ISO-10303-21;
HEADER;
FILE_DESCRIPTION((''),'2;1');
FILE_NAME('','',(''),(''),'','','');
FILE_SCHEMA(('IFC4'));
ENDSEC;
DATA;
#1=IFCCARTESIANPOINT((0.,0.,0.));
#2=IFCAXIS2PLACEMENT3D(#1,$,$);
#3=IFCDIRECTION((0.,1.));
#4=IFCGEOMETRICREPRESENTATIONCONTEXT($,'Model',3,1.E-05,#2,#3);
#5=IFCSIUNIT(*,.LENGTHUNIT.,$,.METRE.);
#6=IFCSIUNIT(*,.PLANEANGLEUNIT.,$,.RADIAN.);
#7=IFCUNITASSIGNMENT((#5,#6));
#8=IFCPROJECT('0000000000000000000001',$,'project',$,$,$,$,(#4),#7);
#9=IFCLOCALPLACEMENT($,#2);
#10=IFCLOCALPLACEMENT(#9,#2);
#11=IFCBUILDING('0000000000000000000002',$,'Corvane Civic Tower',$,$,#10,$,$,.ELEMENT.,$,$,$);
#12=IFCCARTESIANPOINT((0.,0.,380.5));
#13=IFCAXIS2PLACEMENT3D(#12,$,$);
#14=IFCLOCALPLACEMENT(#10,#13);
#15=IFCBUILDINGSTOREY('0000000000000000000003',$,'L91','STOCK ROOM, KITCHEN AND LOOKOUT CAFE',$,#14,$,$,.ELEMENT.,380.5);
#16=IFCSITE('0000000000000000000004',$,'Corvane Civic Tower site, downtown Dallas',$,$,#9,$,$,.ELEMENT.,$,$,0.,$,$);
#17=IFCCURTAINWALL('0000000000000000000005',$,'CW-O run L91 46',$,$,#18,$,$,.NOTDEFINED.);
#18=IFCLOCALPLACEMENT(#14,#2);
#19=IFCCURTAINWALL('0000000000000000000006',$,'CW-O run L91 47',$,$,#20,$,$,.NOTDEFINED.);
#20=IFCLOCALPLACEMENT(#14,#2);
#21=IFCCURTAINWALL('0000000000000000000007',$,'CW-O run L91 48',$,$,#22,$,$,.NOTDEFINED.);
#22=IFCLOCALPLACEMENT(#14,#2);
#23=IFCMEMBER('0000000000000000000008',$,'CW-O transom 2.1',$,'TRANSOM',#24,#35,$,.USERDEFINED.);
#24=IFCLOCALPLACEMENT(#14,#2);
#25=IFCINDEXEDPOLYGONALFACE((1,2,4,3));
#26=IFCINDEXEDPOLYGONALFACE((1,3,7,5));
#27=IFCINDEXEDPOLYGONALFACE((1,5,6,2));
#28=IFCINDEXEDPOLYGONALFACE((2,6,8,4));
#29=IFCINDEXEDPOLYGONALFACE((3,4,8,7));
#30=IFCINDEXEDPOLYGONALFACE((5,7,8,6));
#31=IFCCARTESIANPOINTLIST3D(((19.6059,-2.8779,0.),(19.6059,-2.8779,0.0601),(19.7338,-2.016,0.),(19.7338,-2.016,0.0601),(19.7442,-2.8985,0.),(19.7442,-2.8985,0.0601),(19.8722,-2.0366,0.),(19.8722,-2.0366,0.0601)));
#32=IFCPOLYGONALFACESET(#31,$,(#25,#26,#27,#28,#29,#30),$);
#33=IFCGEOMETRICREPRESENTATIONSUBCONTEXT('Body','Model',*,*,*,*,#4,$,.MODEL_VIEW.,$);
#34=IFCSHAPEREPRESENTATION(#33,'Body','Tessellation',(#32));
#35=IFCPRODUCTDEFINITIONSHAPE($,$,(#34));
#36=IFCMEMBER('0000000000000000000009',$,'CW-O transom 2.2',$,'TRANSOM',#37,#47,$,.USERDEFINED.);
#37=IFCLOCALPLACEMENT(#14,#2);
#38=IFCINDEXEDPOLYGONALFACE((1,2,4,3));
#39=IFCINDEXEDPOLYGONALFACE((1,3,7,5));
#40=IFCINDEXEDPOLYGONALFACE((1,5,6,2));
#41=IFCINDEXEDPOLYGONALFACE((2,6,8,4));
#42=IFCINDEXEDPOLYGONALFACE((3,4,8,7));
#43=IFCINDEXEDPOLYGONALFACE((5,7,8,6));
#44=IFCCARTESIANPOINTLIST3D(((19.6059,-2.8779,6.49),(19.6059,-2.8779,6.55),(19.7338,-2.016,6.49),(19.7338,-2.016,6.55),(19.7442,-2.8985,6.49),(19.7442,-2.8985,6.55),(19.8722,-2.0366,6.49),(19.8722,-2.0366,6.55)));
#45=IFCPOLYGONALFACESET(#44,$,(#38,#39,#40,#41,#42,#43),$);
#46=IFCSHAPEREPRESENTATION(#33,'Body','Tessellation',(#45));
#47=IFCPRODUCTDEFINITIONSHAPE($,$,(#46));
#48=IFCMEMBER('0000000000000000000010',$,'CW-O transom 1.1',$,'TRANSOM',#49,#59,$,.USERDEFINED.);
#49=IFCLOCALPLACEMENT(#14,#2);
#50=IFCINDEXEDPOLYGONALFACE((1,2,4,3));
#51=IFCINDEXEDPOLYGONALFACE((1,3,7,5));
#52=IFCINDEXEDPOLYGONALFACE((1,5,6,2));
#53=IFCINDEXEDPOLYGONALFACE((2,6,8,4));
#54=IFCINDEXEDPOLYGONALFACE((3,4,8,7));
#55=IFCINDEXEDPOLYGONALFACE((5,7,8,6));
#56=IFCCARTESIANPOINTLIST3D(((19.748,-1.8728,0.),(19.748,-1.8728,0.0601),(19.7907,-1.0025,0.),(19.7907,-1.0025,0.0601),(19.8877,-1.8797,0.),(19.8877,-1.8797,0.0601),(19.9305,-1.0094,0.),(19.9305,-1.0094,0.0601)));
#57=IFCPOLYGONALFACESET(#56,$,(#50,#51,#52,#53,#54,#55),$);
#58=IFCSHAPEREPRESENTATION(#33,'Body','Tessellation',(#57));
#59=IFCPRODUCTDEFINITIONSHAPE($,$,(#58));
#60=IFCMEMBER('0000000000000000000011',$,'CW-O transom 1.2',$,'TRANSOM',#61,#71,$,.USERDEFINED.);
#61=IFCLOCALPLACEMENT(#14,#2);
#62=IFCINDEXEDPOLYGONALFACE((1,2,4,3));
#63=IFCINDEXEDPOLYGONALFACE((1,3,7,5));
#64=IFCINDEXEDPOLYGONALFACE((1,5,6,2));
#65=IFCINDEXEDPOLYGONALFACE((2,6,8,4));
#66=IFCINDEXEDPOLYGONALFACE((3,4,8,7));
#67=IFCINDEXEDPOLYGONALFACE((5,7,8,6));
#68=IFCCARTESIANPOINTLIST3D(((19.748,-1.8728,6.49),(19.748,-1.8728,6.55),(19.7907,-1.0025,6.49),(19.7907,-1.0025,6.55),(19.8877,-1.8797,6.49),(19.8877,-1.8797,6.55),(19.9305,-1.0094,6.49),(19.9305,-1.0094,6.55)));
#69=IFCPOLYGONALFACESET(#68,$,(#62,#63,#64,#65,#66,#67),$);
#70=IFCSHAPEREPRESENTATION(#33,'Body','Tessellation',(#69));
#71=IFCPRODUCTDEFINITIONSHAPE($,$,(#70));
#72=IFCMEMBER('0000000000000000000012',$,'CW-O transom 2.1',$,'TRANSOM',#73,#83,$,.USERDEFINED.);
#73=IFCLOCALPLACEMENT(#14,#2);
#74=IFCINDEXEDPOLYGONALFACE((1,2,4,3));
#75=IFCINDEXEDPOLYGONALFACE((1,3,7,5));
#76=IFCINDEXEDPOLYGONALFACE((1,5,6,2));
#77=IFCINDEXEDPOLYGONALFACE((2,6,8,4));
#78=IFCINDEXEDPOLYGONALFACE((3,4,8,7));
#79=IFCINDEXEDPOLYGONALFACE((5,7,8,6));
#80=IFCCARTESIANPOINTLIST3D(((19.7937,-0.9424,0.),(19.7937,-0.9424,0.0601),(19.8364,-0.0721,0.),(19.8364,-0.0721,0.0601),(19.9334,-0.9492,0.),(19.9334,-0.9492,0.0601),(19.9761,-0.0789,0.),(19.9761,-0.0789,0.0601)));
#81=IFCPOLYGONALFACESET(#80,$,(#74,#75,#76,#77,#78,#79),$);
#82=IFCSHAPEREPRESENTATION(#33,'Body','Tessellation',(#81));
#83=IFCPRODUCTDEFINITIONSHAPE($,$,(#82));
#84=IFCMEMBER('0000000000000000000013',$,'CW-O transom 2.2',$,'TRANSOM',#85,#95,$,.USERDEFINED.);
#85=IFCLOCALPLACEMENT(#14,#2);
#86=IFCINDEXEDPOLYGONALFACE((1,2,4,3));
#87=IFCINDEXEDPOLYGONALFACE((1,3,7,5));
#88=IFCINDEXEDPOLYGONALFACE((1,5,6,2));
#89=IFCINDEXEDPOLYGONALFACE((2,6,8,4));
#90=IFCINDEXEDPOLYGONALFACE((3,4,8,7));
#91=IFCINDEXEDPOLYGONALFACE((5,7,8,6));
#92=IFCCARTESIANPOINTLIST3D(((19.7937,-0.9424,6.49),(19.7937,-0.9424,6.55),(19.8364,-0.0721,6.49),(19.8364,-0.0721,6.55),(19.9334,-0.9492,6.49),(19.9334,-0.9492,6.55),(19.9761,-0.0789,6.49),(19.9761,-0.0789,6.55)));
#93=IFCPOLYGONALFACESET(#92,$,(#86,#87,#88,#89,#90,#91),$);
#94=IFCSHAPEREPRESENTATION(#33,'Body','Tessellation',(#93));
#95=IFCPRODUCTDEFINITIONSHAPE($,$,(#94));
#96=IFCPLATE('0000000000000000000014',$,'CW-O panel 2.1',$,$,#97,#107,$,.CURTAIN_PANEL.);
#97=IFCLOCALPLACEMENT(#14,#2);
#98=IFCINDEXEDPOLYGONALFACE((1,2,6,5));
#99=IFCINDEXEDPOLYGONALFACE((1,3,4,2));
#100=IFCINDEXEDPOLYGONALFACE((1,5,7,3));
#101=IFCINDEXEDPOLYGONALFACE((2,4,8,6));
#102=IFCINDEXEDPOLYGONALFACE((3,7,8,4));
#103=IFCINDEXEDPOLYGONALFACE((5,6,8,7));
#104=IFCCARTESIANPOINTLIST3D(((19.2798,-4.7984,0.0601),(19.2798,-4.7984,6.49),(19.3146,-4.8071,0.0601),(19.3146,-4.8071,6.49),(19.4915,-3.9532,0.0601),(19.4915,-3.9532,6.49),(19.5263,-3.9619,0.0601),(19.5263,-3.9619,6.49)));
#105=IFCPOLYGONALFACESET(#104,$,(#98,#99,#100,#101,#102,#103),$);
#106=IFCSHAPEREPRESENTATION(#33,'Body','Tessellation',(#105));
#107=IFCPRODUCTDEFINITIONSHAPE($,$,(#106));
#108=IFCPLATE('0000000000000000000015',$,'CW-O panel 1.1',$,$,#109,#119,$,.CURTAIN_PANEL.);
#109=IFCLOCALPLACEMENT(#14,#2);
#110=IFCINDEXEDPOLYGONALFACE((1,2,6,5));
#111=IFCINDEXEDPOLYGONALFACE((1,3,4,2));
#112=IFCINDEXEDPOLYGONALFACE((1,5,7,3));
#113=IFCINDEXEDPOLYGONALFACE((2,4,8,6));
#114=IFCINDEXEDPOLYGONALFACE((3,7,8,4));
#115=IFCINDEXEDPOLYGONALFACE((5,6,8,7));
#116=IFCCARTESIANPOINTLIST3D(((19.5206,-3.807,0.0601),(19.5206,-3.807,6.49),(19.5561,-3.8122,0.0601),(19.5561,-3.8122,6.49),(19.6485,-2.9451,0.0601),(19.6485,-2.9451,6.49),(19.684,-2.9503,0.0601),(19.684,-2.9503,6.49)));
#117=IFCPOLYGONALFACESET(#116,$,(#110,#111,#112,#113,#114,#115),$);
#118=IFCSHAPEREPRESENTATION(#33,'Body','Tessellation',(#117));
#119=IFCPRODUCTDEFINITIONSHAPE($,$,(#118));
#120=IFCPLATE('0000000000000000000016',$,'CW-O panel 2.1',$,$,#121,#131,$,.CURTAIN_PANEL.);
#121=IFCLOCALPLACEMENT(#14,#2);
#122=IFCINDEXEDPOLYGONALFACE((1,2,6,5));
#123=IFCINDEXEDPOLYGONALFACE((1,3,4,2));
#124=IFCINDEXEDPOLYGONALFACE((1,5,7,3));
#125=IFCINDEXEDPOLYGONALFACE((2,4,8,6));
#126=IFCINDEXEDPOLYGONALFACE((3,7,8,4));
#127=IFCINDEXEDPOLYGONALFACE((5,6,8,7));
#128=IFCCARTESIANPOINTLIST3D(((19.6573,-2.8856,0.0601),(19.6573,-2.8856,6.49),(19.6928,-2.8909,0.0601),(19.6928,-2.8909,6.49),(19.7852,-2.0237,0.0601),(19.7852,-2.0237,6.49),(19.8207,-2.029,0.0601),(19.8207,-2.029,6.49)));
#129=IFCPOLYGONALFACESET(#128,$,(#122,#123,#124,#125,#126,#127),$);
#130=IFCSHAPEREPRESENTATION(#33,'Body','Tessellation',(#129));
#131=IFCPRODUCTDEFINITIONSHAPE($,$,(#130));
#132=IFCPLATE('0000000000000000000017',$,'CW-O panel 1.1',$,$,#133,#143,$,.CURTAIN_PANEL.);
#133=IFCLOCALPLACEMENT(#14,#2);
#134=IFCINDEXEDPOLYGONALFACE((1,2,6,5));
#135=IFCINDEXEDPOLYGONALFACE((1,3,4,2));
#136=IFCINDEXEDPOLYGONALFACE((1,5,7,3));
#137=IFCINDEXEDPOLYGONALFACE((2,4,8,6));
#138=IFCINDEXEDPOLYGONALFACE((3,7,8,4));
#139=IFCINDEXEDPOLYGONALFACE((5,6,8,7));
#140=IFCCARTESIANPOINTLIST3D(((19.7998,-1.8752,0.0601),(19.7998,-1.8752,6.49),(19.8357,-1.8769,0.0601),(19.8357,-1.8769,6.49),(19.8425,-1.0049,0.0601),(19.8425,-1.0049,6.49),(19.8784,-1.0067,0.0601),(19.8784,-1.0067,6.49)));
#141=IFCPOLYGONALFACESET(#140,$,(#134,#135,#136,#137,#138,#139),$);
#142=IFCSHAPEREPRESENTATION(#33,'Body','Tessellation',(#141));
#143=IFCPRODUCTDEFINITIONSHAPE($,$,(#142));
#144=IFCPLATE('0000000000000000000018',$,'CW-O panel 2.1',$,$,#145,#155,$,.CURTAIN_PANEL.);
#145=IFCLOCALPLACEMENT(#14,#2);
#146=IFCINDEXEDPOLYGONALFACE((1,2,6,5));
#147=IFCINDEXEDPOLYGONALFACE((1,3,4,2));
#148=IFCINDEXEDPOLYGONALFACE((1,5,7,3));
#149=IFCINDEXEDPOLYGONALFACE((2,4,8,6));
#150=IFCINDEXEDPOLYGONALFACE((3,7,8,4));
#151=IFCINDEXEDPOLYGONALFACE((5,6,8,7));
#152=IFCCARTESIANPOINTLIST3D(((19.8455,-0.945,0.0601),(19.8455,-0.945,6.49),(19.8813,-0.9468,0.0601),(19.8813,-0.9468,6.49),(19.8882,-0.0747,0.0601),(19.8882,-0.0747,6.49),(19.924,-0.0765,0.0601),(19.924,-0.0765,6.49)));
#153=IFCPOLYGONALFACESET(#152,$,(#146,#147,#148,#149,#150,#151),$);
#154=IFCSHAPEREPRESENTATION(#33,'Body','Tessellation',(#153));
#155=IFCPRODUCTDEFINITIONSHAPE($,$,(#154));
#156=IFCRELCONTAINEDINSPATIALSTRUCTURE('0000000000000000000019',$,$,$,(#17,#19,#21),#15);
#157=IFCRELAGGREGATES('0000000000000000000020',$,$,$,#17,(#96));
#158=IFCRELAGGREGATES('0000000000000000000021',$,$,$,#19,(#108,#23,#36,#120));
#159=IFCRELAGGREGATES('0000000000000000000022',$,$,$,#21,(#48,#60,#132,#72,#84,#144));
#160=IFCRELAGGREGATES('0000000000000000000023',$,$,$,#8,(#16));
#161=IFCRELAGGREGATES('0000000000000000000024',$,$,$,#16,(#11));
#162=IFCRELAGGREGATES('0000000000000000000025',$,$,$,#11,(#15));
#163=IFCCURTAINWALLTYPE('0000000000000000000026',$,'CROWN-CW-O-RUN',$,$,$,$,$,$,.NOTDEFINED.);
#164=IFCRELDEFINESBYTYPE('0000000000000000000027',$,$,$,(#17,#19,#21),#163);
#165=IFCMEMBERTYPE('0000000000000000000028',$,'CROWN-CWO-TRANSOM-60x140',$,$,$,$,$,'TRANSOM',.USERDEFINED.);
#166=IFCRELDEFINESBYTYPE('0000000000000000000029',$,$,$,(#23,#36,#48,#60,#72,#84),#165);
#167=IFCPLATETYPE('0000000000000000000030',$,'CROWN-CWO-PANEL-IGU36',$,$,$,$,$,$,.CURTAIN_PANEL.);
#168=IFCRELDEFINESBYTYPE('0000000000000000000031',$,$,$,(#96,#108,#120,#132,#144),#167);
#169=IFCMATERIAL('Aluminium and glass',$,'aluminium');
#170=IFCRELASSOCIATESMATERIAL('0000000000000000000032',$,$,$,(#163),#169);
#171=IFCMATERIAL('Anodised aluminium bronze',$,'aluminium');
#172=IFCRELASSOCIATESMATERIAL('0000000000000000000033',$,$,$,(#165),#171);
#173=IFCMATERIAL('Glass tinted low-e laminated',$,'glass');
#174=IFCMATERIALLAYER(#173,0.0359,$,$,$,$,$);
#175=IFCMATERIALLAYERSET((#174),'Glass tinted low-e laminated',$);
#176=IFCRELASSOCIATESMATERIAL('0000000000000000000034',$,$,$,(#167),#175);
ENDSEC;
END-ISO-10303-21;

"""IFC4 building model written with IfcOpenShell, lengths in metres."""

from ifc_helpers import new_model, si_unit, direction, frame, origin, origin_2d, place, context, subcontext, project, spatial, rectangle, extrude, material, layer, layer_set, material_profile, profile_set, type_object, element, aggregate, save


model = new_model("IFC4")

# Units and contexts
model_context = context("Model", 3, precision=1e-05, world=origin(), true_north=direction((0.0, 1.0)))
body_context = subcontext(model_context, "Body", "Model", "MODEL_VIEW")
ifc_project = project(units=[si_unit("LENGTHUNIT", "METRE"), si_unit("PLANEANGLEUNIT", "RADIAN")], contexts=[model_context])

# Site, building, storey
site_placement = place(None, origin())
site = spatial("IfcSite", under=ifc_project, at=site_placement, Name="Corvane Civic Tower site, downtown Dallas", CompositionType="ELEMENT", RefElevation=0.0)
building_placement = place(site_placement, origin())
building = spatial("IfcBuilding", under=site, at=building_placement, Name="Corvane Civic Tower", CompositionType="ELEMENT")
storey_placement = place(building_placement, frame((0.0, 0.0, 380.5)))
storey = spatial("IfcBuildingStorey", under=building, at=storey_placement, Name="L91", Description="STOCK ROOM, KITCHEN AND LOOKOUT CAFE", CompositionType="ELEMENT", Elevation=380.5)

# Curtain wall
ifc_material_1 = material(Name="Aluminium and glass", Category="aluminium")
curtain_wall_type = type_object("IfcCurtainWallType", Name="CROWN-CW-O-RUN", PredefinedType="NOTDEFINED", material=ifc_material_1)
curtain_wall_1_placement = place(storey_placement, origin())
curtain_wall_1 = element("IfcCurtainWall", 1, at=curtain_wall_1_placement, inside=storey, type_object=curtain_wall_type, Name="CW-O run L91 46", PredefinedType="NOTDEFINED")

# Curtain walls
curtain_wall_2_placement = place(storey_placement, origin())
curtain_wall_2 = element("IfcCurtainWall", 2, at=curtain_wall_2_placement, inside=storey, type_object=curtain_wall_type, Name="CW-O run L91 47", PredefinedType="NOTDEFINED")
curtain_wall_3_placement = place(storey_placement, origin())
curtain_wall_3 = element("IfcCurtainWall", 3, at=curtain_wall_3_placement, inside=storey, type_object=curtain_wall_type, Name="CW-O run L91 48", PredefinedType="NOTDEFINED")

# Members
ifc_material_2 = material(Name="Anodised aluminium bronze", Category="aluminium")
ifc_material_profile_1 = material_profile(ifc_material_2, rectangle(XDim=0.1399, YDim=0.0601, at=origin_2d()), Name="AL 140x60")
ifc_profile_set_1 = profile_set([ifc_material_profile_1], Name="Anodised aluminium bronze")
member_type_1 = type_object("IfcMemberType", Name="CROWN-CWO-TRANSOM-60x140", ElementType="TRANSOM", PredefinedType="USERDEFINED", material=ifc_profile_set_1)
member_1_placement = place(storey_placement, frame((19.675, -2.8882, 0.03), z_axis=(0.146833, 0.989161, 0.0), x_axis=(-0.989161, 0.146833, 0.0)))
member_1 = element("IfcMember", 4, at=member_1_placement, type_object=member_type_1, Name="CW-O transom 2.1", ObjectType="TRANSOM", PredefinedType="USERDEFINED", context=body_context, shape_type="SweptSolid", body=[
    extrude(rectangle(XDim=0.1399, YDim=0.0601, at=origin_2d()), origin(), (0.0, 0.0, 1.0), 0.8713),
])
member_2_placement = place(storey_placement, frame((19.675, -2.8882, 6.52), z_axis=(0.146833, 0.989161, 0.0), x_axis=(-0.989161, 0.146833, 0.0)))
member_2 = element("IfcMember", 5, at=member_2_placement, type_object=member_type_1, Name="CW-O transom 2.2", ObjectType="TRANSOM", PredefinedType="USERDEFINED", context=body_context, shape_type="SweptSolid", body=[
    extrude(rectangle(XDim=0.1399, YDim=0.0601, at=origin_2d()), origin(), (0.0, 0.0, 1.0), 0.8713),
])
member_3_placement = place(storey_placement, frame((19.8179, -1.8762, 0.03), z_axis=(0.049029, 0.998797, 0.0), x_axis=(-0.998797, 0.049029, 0.0)))
member_3 = element("IfcMember", 6, at=member_3_placement, type_object=member_type_1, Name="CW-O transom 1.1", ObjectType="TRANSOM", PredefinedType="USERDEFINED", context=body_context, shape_type="SweptSolid", body=[
    extrude(rectangle(XDim=0.1399, YDim=0.0601, at=origin_2d()), origin(), (0.0, 0.0, 1.0), 0.8713),
])
member_4_placement = place(storey_placement, frame((19.8179, -1.8762, 6.52), z_axis=(0.049029, 0.998797, 0.0), x_axis=(-0.998797, 0.049029, 0.0)))
member_4 = element("IfcMember", 7, at=member_4_placement, type_object=member_type_1, Name="CW-O transom 1.2", ObjectType="TRANSOM", PredefinedType="USERDEFINED", context=body_context, shape_type="SweptSolid", body=[
    extrude(rectangle(XDim=0.1399, YDim=0.0601, at=origin_2d()), origin(), (0.0, 0.0, 1.0), 0.8713),
])
member_5_placement = place(storey_placement, frame((19.8635, -0.9458, 0.03), z_axis=(0.049029, 0.998797, 0.0), x_axis=(-0.998797, 0.049029, 0.0)))
member_5 = element("IfcMember", 8, at=member_5_placement, type_object=member_type_1, Name="CW-O transom 2.1", ObjectType="TRANSOM", PredefinedType="USERDEFINED", context=body_context, shape_type="SweptSolid", body=[
    extrude(rectangle(XDim=0.1399, YDim=0.0601, at=origin_2d()), origin(), (0.0, 0.0, 1.0), 0.8713),
])
member_6_placement = place(storey_placement, frame((19.8635, -0.9458, 6.52), z_axis=(0.049029, 0.998797, 0.0), x_axis=(-0.998797, 0.049029, 0.0)))
member_6 = element("IfcMember", 9, at=member_6_placement, type_object=member_type_1, Name="CW-O transom 2.2", ObjectType="TRANSOM", PredefinedType="USERDEFINED", context=body_context, shape_type="SweptSolid", body=[
    extrude(rectangle(XDim=0.1399, YDim=0.0601, at=origin_2d()), origin(), (0.0, 0.0, 1.0), 0.8713),
])

# Plates
ifc_material_3 = material(Name="Glass tinted low-e laminated", Category="glass")
ifc_layer = layer(ifc_material_3, 0.0359)
ifc_layer_set = layer_set([ifc_layer], Name="Glass tinted low-e laminated")
plate_type = type_object("IfcPlateType", Name="CROWN-CWO-PANEL-IGU36", PredefinedType="CURTAIN_PANEL", material=ifc_layer_set)
plate_1_placement = place(storey_placement, frame((19.4031, -4.3801, 0.0601), z_axis=(0.0, 0.0, 1.0), x_axis=(0.242952, 0.970038, 0.0)))
plate_1 = element("IfcPlate", 10, at=plate_1_placement, type_object=plate_type, Name="CW-O panel 2.1", PredefinedType="CURTAIN_PANEL", context=body_context, shape_type="SweptSolid", body=[
    extrude(rectangle(XDim=0.8713, YDim=0.0359, at=origin_2d()), origin(), (0.0, 0.0, 1.0), 6.4299),
])
aggregate(curtain_wall_1, [plate_1])
plate_2_placement = place(storey_placement, frame((19.6023, -3.3787, 0.0601), z_axis=(0.0, 0.0, 1.0), x_axis=(0.146771, 0.98917, 0.0)))
plate_2 = element("IfcPlate", 11, at=plate_2_placement, type_object=plate_type, Name="CW-O panel 1.1", PredefinedType="CURTAIN_PANEL", context=body_context, shape_type="SweptSolid", body=[
    extrude(rectangle(XDim=0.8713, YDim=0.0359, at=origin_2d()), origin(), (0.0, 0.0, 1.0), 6.4299),
])
plate_3_placement = place(storey_placement, frame((19.739, -2.4573, 0.0601), z_axis=(0.0, 0.0, 1.0), x_axis=(0.146771, 0.98917, 0.0)))
plate_3 = element("IfcPlate", 12, at=plate_3_placement, type_object=plate_type, Name="CW-O panel 2.1", PredefinedType="CURTAIN_PANEL", context=body_context, shape_type="SweptSolid", body=[
    extrude(rectangle(XDim=0.8713, YDim=0.0359, at=origin_2d()), origin(), (0.0, 0.0, 1.0), 6.4299),
])
aggregate(curtain_wall_2, [plate_2, member_1, member_2, plate_3])
plate_4_placement = place(storey_placement, frame((19.8391, -1.4409, 0.0601), z_axis=(0.0, 0.0, 1.0), x_axis=(0.048991, 0.998799, 0.0)))
plate_4 = element("IfcPlate", 13, at=plate_4_placement, type_object=plate_type, Name="CW-O panel 1.1", PredefinedType="CURTAIN_PANEL", context=body_context, shape_type="SweptSolid", body=[
    extrude(rectangle(XDim=0.8713, YDim=0.0359, at=origin_2d()), origin(), (0.0, 0.0, 1.0), 6.4299),
])
plate_5_placement = place(storey_placement, frame((19.8848, -0.5107, 0.0601), z_axis=(0.0, 0.0, 1.0), x_axis=(0.048991, 0.998799, 0.0)))
plate_5 = element("IfcPlate", 14, at=plate_5_placement, type_object=plate_type, Name="CW-O panel 2.1", PredefinedType="CURTAIN_PANEL", context=body_context, shape_type="SweptSolid", body=[
    extrude(rectangle(XDim=0.8713, YDim=0.0359, at=origin_2d()), origin(), (0.0, 0.0, 1.0), 6.4299),
])
aggregate(curtain_wall_3, [member_3, member_4, plate_4, member_5, member_6, plate_5])

save(model, "model.ifc")
